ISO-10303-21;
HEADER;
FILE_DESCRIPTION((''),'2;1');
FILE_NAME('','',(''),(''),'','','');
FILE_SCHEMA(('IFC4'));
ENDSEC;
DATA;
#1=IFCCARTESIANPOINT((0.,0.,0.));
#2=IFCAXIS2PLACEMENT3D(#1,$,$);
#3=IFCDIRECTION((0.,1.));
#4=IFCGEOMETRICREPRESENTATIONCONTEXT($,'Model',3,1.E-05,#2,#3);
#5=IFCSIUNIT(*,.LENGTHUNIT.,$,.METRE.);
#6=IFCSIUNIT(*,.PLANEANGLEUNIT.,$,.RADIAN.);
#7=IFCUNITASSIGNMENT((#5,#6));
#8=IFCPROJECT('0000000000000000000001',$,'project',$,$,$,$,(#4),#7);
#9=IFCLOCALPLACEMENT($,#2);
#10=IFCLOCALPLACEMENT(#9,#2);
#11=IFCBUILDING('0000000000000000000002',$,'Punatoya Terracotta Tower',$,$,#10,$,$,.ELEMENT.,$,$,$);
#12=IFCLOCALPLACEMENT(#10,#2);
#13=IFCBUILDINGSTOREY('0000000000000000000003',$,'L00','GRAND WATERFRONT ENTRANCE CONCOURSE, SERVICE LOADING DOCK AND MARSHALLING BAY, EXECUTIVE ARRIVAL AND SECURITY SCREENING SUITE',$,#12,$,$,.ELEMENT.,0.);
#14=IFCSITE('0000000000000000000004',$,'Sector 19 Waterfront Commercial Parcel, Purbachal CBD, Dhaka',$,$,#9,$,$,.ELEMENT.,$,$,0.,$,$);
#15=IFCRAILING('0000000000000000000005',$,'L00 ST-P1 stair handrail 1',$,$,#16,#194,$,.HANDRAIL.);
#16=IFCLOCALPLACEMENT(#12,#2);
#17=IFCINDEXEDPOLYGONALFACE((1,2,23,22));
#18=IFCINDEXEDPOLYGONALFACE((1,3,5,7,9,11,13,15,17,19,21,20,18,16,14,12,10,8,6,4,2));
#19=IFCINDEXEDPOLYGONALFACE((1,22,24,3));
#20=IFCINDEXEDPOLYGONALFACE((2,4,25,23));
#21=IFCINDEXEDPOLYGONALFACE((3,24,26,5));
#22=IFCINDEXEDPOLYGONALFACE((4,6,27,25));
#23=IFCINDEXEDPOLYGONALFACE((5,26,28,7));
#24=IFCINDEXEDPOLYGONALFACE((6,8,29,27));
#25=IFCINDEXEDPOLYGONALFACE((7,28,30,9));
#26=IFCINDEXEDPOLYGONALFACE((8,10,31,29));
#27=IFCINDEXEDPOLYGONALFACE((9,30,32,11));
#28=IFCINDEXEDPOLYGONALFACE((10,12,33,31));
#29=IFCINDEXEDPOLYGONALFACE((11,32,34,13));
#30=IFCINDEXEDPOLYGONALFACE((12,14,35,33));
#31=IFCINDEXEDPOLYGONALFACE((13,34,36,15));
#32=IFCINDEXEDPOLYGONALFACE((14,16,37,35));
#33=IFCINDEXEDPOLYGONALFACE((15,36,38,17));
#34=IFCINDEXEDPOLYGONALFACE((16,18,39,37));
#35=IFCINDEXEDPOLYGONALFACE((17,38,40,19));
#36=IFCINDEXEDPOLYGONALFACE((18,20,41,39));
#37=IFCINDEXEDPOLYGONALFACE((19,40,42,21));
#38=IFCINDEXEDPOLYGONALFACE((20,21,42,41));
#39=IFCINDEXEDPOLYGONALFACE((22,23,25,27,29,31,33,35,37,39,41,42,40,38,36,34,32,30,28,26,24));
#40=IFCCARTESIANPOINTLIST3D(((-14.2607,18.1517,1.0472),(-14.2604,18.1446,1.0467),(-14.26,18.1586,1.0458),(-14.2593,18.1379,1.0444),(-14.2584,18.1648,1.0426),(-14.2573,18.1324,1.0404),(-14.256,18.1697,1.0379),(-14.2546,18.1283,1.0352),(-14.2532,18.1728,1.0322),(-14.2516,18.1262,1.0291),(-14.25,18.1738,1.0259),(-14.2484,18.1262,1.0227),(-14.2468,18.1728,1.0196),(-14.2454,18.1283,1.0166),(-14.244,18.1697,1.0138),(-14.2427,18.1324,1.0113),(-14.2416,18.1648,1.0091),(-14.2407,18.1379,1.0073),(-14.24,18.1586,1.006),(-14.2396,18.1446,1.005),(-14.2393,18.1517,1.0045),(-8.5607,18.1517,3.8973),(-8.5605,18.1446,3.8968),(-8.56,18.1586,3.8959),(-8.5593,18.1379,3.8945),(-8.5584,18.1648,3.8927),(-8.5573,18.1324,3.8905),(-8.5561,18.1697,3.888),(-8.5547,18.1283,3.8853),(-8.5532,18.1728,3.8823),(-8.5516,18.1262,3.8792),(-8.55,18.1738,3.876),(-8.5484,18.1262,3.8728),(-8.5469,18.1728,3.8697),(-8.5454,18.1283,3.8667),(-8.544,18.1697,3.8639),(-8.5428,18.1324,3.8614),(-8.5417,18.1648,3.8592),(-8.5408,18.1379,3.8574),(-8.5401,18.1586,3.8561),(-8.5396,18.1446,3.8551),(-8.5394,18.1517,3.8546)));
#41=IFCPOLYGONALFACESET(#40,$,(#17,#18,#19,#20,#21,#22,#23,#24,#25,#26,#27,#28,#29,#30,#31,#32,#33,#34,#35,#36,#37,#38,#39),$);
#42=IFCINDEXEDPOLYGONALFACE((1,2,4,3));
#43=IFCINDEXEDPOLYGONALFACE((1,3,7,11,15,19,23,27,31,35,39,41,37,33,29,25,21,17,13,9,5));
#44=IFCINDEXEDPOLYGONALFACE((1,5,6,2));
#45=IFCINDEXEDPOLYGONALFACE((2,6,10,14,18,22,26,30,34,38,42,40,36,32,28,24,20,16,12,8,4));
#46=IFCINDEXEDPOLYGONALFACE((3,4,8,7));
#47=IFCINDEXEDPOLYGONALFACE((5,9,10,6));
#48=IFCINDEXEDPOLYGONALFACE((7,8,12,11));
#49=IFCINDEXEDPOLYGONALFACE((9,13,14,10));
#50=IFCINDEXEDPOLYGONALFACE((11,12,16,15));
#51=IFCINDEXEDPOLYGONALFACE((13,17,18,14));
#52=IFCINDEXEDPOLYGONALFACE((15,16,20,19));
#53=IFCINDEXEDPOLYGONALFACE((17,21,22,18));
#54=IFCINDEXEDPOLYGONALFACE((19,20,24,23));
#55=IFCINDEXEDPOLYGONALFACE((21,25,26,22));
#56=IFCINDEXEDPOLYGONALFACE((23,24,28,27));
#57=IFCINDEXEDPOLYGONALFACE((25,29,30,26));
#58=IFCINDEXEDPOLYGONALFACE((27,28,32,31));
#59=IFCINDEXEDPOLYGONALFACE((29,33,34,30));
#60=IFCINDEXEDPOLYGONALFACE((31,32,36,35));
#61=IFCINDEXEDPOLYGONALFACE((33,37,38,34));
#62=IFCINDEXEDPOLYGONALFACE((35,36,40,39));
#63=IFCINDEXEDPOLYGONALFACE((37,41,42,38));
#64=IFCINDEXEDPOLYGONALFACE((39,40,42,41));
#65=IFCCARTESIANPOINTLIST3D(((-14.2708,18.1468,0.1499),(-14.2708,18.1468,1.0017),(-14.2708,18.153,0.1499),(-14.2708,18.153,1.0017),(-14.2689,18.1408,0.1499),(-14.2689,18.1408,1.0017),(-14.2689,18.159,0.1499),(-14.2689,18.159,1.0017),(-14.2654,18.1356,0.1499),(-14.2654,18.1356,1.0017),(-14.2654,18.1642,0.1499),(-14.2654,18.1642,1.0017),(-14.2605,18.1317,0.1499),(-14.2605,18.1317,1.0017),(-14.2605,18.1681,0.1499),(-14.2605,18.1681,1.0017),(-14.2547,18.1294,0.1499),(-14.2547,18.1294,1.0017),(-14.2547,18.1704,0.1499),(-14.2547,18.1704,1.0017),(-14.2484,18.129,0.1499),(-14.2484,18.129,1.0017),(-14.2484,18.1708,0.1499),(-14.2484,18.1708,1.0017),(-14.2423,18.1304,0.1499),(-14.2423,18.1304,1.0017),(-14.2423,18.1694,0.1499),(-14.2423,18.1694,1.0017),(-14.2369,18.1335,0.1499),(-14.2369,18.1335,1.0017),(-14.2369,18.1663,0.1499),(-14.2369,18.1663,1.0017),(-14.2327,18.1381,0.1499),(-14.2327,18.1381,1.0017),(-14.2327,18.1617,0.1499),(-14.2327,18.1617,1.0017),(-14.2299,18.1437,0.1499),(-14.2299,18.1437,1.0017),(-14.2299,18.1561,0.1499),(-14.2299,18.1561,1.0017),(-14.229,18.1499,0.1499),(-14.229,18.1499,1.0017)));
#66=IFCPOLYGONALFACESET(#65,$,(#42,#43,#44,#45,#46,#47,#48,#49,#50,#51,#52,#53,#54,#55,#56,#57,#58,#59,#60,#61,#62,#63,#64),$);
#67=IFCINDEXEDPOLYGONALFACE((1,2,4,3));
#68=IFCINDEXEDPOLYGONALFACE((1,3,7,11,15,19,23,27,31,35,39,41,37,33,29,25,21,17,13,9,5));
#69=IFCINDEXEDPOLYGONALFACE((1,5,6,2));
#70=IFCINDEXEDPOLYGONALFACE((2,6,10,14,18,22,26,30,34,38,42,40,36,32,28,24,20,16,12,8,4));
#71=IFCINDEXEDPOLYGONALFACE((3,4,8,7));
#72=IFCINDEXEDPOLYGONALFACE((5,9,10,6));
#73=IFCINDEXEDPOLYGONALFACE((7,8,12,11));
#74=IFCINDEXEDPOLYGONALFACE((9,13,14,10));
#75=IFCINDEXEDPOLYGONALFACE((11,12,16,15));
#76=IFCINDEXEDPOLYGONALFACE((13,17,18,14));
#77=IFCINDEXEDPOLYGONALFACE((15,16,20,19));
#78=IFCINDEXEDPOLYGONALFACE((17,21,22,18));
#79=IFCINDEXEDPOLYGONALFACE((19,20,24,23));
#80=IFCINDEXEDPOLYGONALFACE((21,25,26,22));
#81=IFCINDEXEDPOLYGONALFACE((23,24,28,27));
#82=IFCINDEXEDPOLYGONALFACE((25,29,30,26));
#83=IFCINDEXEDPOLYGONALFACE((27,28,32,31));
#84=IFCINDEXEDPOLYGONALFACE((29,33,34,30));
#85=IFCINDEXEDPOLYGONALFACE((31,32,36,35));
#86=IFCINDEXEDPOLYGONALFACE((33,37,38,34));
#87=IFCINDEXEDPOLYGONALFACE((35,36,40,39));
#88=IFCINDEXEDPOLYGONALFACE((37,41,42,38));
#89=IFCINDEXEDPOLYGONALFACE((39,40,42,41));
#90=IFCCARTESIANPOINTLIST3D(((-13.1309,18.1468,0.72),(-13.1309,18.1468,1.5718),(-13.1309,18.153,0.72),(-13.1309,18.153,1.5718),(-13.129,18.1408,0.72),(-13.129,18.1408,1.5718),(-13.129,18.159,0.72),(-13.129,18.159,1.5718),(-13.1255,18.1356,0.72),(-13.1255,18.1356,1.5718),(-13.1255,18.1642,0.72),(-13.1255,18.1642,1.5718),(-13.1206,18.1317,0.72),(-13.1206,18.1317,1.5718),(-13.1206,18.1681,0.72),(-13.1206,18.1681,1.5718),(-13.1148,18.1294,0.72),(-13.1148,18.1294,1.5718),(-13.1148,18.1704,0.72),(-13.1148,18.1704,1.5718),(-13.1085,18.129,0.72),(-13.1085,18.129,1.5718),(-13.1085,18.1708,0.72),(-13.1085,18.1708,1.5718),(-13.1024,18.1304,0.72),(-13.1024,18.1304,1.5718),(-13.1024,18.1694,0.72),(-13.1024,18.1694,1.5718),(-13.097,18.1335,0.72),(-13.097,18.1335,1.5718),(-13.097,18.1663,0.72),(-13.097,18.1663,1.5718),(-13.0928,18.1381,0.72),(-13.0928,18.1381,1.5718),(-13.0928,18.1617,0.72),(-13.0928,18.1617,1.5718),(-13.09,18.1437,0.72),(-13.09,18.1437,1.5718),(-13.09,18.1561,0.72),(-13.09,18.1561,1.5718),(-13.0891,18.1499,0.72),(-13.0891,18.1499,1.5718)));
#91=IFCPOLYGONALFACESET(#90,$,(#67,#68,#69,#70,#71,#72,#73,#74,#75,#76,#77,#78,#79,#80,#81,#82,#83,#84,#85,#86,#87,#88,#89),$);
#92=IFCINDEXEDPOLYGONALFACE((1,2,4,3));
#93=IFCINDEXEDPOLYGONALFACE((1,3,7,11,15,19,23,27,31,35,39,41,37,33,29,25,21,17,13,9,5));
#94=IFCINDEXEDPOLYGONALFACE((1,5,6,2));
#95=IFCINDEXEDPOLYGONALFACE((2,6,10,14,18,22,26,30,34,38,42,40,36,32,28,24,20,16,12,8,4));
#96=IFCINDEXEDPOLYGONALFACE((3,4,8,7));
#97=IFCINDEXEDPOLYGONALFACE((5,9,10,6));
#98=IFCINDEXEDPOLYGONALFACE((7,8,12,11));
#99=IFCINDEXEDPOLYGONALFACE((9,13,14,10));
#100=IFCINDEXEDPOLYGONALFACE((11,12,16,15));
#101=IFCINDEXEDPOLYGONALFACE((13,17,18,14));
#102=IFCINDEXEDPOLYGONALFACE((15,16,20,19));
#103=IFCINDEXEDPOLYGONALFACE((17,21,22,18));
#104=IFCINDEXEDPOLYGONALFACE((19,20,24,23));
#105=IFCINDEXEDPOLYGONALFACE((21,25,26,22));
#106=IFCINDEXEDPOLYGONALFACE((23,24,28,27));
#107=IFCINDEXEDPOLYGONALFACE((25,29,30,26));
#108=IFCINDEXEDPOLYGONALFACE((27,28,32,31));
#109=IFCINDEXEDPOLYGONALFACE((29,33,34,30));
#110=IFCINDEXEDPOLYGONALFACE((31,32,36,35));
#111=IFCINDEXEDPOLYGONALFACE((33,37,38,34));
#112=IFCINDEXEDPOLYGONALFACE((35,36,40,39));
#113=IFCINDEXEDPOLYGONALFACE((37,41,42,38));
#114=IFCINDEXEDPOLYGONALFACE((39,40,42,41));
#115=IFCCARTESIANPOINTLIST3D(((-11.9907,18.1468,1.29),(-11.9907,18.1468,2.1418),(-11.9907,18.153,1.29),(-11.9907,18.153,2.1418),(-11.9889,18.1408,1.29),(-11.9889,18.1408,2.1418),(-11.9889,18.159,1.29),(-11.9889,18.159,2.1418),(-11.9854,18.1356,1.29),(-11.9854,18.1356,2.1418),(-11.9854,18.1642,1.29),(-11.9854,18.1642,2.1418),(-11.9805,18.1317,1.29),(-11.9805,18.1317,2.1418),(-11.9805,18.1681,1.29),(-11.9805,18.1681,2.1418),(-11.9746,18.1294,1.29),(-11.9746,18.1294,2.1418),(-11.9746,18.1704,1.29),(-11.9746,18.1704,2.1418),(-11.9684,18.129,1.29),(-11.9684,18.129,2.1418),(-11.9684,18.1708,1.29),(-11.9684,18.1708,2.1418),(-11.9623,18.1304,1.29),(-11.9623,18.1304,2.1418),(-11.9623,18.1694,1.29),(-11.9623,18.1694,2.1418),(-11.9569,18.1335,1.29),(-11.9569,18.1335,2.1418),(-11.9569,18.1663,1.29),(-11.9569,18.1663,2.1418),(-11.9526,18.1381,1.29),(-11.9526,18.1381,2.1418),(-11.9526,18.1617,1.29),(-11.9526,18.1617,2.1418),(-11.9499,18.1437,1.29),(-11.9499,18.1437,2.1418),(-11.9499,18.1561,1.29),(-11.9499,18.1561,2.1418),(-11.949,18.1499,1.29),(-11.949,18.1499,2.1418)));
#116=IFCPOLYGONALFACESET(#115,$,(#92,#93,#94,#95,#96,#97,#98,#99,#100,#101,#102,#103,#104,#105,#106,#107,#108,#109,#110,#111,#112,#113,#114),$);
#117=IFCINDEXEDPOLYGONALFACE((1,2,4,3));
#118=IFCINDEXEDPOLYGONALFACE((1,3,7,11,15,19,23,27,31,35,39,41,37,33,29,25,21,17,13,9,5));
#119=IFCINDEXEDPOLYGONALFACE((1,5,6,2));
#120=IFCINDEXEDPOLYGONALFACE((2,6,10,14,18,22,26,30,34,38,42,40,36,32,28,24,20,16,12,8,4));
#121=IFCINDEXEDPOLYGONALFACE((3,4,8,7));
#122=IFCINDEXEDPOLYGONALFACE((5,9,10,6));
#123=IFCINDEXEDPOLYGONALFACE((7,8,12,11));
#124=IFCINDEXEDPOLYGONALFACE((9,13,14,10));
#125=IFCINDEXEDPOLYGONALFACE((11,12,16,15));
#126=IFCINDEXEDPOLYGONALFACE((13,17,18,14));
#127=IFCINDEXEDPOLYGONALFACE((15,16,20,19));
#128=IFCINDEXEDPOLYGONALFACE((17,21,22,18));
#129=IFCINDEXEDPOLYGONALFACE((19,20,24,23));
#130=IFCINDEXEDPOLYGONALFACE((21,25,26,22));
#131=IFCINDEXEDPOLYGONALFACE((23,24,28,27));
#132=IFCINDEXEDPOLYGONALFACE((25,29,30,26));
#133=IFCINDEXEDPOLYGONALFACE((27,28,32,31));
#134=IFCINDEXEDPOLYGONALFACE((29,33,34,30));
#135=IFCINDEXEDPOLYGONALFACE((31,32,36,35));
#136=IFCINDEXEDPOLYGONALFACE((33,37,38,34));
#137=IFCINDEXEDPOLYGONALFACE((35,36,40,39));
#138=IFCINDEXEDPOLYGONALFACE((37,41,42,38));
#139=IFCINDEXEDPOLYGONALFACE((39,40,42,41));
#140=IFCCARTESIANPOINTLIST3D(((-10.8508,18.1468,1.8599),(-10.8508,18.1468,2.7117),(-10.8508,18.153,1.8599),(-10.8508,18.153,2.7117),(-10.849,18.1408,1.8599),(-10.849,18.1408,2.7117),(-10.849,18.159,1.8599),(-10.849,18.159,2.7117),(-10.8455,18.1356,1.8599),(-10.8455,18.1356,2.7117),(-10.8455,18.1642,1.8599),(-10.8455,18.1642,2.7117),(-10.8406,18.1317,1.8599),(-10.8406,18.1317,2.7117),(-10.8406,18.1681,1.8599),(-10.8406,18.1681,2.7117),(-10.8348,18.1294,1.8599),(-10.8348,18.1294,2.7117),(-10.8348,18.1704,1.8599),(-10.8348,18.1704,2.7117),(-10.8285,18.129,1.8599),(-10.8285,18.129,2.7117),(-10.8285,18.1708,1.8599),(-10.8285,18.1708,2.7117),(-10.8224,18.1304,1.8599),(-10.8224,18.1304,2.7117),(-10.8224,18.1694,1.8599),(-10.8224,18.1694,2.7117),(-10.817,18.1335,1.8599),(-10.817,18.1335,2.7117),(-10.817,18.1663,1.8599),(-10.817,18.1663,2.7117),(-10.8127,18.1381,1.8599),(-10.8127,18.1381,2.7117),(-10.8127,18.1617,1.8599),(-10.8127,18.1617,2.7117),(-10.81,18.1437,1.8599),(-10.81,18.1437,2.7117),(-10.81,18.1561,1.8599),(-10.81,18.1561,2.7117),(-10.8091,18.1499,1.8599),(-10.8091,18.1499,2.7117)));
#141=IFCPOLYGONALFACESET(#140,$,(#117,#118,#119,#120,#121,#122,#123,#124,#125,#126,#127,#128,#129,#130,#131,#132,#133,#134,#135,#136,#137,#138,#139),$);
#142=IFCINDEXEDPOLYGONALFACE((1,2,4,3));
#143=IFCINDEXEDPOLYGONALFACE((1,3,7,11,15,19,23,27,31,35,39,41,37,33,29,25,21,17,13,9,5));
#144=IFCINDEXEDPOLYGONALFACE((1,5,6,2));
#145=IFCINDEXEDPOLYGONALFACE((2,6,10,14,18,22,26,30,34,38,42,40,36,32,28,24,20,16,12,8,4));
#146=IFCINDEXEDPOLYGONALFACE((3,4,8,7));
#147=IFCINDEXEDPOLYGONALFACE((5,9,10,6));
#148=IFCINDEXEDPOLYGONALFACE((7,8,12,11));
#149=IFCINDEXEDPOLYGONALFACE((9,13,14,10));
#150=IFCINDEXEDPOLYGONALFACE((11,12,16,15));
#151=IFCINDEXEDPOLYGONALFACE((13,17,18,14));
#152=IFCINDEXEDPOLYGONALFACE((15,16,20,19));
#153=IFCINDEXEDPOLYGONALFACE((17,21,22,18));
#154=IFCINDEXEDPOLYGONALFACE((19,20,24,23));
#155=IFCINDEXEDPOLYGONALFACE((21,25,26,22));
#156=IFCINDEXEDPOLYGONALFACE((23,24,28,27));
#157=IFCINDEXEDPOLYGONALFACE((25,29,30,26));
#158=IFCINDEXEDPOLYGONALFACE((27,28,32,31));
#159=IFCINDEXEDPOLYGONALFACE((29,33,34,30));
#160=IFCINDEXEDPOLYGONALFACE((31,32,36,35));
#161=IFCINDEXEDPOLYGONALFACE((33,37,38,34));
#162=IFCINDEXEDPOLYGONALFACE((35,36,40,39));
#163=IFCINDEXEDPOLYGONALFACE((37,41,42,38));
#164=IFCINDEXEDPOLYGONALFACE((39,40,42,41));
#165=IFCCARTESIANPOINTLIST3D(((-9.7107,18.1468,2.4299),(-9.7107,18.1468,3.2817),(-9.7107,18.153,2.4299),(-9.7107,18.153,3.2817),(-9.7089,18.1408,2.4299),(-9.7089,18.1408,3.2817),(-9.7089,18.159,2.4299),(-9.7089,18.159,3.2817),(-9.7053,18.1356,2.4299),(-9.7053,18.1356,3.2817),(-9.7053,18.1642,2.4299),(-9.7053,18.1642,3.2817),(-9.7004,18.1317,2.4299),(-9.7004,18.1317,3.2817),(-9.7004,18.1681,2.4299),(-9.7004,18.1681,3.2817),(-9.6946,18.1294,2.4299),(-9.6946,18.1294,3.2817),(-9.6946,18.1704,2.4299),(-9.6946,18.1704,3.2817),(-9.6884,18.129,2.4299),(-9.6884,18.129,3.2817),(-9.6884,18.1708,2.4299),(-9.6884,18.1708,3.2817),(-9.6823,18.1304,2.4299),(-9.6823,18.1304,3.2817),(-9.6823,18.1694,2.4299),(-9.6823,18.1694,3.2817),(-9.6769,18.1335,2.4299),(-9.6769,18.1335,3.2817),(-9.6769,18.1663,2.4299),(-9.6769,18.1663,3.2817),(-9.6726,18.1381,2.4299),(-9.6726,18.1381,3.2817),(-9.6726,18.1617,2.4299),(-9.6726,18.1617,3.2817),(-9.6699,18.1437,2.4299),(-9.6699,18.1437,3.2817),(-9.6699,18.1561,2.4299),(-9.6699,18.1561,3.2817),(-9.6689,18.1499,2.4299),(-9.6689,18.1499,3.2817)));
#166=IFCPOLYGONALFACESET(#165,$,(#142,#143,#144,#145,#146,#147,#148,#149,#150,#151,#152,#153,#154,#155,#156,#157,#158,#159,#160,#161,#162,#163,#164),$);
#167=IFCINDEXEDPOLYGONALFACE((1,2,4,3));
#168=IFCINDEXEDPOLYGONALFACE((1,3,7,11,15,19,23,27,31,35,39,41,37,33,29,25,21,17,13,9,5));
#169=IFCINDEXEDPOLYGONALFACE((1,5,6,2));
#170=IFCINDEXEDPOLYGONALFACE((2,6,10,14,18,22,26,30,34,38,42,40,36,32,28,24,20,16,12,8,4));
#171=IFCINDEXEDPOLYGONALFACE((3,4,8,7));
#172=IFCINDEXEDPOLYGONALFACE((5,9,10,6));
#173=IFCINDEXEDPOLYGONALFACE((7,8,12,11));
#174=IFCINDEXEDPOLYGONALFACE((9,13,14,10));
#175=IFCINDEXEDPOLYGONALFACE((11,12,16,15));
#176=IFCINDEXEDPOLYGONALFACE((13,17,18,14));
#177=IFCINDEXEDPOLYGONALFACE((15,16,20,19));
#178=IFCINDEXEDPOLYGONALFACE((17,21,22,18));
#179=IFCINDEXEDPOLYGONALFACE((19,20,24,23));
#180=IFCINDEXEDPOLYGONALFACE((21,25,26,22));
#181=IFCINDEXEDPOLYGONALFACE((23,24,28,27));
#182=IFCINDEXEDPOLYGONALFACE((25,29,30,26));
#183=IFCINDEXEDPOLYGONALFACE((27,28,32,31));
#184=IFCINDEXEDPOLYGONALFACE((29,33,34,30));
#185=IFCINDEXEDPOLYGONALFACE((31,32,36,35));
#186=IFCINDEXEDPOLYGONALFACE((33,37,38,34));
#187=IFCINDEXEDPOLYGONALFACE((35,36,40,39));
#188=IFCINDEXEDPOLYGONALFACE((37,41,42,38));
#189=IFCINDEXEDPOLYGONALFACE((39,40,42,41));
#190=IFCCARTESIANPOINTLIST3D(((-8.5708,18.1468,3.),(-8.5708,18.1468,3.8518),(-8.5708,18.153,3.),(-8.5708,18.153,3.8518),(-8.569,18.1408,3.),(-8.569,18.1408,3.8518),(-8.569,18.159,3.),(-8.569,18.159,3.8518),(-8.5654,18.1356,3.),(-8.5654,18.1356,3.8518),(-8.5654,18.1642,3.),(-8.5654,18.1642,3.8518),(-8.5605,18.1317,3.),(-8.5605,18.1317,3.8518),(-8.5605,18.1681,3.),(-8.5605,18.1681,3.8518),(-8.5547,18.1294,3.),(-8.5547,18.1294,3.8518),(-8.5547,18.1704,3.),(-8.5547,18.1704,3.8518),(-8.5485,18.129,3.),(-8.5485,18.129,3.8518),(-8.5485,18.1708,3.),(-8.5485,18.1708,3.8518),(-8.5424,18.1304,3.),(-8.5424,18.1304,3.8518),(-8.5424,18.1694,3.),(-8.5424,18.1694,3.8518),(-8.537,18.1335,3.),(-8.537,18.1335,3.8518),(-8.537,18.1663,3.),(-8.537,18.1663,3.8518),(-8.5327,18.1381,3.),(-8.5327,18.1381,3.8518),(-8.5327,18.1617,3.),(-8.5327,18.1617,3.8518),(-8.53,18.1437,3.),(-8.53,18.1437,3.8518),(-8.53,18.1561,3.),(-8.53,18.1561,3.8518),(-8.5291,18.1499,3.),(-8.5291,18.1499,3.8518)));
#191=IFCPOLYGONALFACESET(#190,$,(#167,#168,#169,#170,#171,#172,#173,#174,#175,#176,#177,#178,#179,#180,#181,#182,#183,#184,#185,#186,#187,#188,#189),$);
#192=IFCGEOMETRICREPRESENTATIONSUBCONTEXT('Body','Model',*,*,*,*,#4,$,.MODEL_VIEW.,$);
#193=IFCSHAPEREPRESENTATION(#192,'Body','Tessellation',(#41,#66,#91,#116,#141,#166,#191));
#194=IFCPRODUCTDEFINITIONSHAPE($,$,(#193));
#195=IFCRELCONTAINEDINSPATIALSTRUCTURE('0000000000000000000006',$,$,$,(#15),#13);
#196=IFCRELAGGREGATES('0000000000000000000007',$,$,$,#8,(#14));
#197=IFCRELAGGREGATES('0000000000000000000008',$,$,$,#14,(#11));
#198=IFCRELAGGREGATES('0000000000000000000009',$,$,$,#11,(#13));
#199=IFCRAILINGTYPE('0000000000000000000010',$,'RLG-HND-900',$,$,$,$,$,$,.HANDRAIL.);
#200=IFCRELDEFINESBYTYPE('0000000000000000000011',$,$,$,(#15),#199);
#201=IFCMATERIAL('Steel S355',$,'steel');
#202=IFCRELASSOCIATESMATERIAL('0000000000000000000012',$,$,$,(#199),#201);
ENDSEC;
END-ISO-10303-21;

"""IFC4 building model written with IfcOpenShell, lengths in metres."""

from ifc_helpers import new_model, si_unit, direction, frame, origin, origin_2d, place, context, subcontext, project, spatial, circle, extrude, material, type_object, element, save


model = new_model("IFC4")

# Units and contexts
model_context = context("Model", 3, precision=1e-05, world=origin(), true_north=direction((0.0, 1.0)))
body_context = subcontext(model_context, "Body", "Model", "MODEL_VIEW")
ifc_project = project(units=[si_unit("LENGTHUNIT", "METRE"), si_unit("PLANEANGLEUNIT", "RADIAN")], contexts=[model_context])

# Site, building, storey
site_placement = place(None, origin())
site = spatial("IfcSite", under=ifc_project, at=site_placement, Name="Sector 19 Waterfront Commercial Parcel, Purbachal CBD, Dhaka", CompositionType="ELEMENT", RefElevation=0.0)
building_placement = place(site_placement, origin())
building = spatial("IfcBuilding", under=site, at=building_placement, Name="Punatoya Terracotta Tower", CompositionType="ELEMENT")
storey_placement = place(building_placement, origin())
storey = spatial("IfcBuildingStorey", under=building, at=storey_placement, Name="L00", Description="GRAND WATERFRONT ENTRANCE CONCOURSE, SERVICE LOADING DOCK AND MARSHALLING BAY, EXECUTIVE ARRIVAL AND SECURITY SCREENING SUITE", CompositionType="ELEMENT", Elevation=0.0)

# Shared definitions
ifc_material_1 = material(Name="Steel S355", Category="steel")

# Railing
railing_type_1 = type_object("IfcRailingType", Name="RLG-HND-900", PredefinedType="HANDRAIL", material=ifc_material_1)
railing_1_placement = place(storey_placement, frame((-14.25, 18.1499, 0.1499)))
element("IfcRailing", 1, at=railing_1_placement, inside=storey, type_object=railing_type_1, Name="L00 ST-P1 stair handrail 1", PredefinedType="HANDRAIL", context=body_context, shape_type="SweptSolid", body=[
    extrude(circle(Radius=0.0239, at=origin_2d()), frame((0.0, 0.0, 0.876), z_axis=(0.89442, 0.0, 0.447229), x_axis=(0.0, 1.0, 0.0)), (0.0, 0.0, 1.0), 6.3728),
    extrude(circle(Radius=0.021, at=origin_2d()), origin(), (0.0, 0.0, 1.0), 0.8518),
    extrude(circle(Radius=0.021, at=origin_2d()), frame((1.1399, 0.0, 0.5701)), (0.0, 0.0, 1.0), 0.8518),
    extrude(circle(Radius=0.021, at=origin_2d()), frame((2.28, 0.0, 1.1401)), (0.0, 0.0, 1.0), 0.8518),
    extrude(circle(Radius=0.021, at=origin_2d()), frame((3.4199, 0.0, 1.71)), (0.0, 0.0, 1.0), 0.8518),
    extrude(circle(Radius=0.021, at=origin_2d()), frame((4.5601, 0.0, 2.28)), (0.0, 0.0, 1.0), 0.8518),
    extrude(circle(Radius=0.021, at=origin_2d()), frame((5.7, 0.0, 2.8501)), (0.0, 0.0, 1.0), 0.8518),
])

save(model, "model.ifc")
